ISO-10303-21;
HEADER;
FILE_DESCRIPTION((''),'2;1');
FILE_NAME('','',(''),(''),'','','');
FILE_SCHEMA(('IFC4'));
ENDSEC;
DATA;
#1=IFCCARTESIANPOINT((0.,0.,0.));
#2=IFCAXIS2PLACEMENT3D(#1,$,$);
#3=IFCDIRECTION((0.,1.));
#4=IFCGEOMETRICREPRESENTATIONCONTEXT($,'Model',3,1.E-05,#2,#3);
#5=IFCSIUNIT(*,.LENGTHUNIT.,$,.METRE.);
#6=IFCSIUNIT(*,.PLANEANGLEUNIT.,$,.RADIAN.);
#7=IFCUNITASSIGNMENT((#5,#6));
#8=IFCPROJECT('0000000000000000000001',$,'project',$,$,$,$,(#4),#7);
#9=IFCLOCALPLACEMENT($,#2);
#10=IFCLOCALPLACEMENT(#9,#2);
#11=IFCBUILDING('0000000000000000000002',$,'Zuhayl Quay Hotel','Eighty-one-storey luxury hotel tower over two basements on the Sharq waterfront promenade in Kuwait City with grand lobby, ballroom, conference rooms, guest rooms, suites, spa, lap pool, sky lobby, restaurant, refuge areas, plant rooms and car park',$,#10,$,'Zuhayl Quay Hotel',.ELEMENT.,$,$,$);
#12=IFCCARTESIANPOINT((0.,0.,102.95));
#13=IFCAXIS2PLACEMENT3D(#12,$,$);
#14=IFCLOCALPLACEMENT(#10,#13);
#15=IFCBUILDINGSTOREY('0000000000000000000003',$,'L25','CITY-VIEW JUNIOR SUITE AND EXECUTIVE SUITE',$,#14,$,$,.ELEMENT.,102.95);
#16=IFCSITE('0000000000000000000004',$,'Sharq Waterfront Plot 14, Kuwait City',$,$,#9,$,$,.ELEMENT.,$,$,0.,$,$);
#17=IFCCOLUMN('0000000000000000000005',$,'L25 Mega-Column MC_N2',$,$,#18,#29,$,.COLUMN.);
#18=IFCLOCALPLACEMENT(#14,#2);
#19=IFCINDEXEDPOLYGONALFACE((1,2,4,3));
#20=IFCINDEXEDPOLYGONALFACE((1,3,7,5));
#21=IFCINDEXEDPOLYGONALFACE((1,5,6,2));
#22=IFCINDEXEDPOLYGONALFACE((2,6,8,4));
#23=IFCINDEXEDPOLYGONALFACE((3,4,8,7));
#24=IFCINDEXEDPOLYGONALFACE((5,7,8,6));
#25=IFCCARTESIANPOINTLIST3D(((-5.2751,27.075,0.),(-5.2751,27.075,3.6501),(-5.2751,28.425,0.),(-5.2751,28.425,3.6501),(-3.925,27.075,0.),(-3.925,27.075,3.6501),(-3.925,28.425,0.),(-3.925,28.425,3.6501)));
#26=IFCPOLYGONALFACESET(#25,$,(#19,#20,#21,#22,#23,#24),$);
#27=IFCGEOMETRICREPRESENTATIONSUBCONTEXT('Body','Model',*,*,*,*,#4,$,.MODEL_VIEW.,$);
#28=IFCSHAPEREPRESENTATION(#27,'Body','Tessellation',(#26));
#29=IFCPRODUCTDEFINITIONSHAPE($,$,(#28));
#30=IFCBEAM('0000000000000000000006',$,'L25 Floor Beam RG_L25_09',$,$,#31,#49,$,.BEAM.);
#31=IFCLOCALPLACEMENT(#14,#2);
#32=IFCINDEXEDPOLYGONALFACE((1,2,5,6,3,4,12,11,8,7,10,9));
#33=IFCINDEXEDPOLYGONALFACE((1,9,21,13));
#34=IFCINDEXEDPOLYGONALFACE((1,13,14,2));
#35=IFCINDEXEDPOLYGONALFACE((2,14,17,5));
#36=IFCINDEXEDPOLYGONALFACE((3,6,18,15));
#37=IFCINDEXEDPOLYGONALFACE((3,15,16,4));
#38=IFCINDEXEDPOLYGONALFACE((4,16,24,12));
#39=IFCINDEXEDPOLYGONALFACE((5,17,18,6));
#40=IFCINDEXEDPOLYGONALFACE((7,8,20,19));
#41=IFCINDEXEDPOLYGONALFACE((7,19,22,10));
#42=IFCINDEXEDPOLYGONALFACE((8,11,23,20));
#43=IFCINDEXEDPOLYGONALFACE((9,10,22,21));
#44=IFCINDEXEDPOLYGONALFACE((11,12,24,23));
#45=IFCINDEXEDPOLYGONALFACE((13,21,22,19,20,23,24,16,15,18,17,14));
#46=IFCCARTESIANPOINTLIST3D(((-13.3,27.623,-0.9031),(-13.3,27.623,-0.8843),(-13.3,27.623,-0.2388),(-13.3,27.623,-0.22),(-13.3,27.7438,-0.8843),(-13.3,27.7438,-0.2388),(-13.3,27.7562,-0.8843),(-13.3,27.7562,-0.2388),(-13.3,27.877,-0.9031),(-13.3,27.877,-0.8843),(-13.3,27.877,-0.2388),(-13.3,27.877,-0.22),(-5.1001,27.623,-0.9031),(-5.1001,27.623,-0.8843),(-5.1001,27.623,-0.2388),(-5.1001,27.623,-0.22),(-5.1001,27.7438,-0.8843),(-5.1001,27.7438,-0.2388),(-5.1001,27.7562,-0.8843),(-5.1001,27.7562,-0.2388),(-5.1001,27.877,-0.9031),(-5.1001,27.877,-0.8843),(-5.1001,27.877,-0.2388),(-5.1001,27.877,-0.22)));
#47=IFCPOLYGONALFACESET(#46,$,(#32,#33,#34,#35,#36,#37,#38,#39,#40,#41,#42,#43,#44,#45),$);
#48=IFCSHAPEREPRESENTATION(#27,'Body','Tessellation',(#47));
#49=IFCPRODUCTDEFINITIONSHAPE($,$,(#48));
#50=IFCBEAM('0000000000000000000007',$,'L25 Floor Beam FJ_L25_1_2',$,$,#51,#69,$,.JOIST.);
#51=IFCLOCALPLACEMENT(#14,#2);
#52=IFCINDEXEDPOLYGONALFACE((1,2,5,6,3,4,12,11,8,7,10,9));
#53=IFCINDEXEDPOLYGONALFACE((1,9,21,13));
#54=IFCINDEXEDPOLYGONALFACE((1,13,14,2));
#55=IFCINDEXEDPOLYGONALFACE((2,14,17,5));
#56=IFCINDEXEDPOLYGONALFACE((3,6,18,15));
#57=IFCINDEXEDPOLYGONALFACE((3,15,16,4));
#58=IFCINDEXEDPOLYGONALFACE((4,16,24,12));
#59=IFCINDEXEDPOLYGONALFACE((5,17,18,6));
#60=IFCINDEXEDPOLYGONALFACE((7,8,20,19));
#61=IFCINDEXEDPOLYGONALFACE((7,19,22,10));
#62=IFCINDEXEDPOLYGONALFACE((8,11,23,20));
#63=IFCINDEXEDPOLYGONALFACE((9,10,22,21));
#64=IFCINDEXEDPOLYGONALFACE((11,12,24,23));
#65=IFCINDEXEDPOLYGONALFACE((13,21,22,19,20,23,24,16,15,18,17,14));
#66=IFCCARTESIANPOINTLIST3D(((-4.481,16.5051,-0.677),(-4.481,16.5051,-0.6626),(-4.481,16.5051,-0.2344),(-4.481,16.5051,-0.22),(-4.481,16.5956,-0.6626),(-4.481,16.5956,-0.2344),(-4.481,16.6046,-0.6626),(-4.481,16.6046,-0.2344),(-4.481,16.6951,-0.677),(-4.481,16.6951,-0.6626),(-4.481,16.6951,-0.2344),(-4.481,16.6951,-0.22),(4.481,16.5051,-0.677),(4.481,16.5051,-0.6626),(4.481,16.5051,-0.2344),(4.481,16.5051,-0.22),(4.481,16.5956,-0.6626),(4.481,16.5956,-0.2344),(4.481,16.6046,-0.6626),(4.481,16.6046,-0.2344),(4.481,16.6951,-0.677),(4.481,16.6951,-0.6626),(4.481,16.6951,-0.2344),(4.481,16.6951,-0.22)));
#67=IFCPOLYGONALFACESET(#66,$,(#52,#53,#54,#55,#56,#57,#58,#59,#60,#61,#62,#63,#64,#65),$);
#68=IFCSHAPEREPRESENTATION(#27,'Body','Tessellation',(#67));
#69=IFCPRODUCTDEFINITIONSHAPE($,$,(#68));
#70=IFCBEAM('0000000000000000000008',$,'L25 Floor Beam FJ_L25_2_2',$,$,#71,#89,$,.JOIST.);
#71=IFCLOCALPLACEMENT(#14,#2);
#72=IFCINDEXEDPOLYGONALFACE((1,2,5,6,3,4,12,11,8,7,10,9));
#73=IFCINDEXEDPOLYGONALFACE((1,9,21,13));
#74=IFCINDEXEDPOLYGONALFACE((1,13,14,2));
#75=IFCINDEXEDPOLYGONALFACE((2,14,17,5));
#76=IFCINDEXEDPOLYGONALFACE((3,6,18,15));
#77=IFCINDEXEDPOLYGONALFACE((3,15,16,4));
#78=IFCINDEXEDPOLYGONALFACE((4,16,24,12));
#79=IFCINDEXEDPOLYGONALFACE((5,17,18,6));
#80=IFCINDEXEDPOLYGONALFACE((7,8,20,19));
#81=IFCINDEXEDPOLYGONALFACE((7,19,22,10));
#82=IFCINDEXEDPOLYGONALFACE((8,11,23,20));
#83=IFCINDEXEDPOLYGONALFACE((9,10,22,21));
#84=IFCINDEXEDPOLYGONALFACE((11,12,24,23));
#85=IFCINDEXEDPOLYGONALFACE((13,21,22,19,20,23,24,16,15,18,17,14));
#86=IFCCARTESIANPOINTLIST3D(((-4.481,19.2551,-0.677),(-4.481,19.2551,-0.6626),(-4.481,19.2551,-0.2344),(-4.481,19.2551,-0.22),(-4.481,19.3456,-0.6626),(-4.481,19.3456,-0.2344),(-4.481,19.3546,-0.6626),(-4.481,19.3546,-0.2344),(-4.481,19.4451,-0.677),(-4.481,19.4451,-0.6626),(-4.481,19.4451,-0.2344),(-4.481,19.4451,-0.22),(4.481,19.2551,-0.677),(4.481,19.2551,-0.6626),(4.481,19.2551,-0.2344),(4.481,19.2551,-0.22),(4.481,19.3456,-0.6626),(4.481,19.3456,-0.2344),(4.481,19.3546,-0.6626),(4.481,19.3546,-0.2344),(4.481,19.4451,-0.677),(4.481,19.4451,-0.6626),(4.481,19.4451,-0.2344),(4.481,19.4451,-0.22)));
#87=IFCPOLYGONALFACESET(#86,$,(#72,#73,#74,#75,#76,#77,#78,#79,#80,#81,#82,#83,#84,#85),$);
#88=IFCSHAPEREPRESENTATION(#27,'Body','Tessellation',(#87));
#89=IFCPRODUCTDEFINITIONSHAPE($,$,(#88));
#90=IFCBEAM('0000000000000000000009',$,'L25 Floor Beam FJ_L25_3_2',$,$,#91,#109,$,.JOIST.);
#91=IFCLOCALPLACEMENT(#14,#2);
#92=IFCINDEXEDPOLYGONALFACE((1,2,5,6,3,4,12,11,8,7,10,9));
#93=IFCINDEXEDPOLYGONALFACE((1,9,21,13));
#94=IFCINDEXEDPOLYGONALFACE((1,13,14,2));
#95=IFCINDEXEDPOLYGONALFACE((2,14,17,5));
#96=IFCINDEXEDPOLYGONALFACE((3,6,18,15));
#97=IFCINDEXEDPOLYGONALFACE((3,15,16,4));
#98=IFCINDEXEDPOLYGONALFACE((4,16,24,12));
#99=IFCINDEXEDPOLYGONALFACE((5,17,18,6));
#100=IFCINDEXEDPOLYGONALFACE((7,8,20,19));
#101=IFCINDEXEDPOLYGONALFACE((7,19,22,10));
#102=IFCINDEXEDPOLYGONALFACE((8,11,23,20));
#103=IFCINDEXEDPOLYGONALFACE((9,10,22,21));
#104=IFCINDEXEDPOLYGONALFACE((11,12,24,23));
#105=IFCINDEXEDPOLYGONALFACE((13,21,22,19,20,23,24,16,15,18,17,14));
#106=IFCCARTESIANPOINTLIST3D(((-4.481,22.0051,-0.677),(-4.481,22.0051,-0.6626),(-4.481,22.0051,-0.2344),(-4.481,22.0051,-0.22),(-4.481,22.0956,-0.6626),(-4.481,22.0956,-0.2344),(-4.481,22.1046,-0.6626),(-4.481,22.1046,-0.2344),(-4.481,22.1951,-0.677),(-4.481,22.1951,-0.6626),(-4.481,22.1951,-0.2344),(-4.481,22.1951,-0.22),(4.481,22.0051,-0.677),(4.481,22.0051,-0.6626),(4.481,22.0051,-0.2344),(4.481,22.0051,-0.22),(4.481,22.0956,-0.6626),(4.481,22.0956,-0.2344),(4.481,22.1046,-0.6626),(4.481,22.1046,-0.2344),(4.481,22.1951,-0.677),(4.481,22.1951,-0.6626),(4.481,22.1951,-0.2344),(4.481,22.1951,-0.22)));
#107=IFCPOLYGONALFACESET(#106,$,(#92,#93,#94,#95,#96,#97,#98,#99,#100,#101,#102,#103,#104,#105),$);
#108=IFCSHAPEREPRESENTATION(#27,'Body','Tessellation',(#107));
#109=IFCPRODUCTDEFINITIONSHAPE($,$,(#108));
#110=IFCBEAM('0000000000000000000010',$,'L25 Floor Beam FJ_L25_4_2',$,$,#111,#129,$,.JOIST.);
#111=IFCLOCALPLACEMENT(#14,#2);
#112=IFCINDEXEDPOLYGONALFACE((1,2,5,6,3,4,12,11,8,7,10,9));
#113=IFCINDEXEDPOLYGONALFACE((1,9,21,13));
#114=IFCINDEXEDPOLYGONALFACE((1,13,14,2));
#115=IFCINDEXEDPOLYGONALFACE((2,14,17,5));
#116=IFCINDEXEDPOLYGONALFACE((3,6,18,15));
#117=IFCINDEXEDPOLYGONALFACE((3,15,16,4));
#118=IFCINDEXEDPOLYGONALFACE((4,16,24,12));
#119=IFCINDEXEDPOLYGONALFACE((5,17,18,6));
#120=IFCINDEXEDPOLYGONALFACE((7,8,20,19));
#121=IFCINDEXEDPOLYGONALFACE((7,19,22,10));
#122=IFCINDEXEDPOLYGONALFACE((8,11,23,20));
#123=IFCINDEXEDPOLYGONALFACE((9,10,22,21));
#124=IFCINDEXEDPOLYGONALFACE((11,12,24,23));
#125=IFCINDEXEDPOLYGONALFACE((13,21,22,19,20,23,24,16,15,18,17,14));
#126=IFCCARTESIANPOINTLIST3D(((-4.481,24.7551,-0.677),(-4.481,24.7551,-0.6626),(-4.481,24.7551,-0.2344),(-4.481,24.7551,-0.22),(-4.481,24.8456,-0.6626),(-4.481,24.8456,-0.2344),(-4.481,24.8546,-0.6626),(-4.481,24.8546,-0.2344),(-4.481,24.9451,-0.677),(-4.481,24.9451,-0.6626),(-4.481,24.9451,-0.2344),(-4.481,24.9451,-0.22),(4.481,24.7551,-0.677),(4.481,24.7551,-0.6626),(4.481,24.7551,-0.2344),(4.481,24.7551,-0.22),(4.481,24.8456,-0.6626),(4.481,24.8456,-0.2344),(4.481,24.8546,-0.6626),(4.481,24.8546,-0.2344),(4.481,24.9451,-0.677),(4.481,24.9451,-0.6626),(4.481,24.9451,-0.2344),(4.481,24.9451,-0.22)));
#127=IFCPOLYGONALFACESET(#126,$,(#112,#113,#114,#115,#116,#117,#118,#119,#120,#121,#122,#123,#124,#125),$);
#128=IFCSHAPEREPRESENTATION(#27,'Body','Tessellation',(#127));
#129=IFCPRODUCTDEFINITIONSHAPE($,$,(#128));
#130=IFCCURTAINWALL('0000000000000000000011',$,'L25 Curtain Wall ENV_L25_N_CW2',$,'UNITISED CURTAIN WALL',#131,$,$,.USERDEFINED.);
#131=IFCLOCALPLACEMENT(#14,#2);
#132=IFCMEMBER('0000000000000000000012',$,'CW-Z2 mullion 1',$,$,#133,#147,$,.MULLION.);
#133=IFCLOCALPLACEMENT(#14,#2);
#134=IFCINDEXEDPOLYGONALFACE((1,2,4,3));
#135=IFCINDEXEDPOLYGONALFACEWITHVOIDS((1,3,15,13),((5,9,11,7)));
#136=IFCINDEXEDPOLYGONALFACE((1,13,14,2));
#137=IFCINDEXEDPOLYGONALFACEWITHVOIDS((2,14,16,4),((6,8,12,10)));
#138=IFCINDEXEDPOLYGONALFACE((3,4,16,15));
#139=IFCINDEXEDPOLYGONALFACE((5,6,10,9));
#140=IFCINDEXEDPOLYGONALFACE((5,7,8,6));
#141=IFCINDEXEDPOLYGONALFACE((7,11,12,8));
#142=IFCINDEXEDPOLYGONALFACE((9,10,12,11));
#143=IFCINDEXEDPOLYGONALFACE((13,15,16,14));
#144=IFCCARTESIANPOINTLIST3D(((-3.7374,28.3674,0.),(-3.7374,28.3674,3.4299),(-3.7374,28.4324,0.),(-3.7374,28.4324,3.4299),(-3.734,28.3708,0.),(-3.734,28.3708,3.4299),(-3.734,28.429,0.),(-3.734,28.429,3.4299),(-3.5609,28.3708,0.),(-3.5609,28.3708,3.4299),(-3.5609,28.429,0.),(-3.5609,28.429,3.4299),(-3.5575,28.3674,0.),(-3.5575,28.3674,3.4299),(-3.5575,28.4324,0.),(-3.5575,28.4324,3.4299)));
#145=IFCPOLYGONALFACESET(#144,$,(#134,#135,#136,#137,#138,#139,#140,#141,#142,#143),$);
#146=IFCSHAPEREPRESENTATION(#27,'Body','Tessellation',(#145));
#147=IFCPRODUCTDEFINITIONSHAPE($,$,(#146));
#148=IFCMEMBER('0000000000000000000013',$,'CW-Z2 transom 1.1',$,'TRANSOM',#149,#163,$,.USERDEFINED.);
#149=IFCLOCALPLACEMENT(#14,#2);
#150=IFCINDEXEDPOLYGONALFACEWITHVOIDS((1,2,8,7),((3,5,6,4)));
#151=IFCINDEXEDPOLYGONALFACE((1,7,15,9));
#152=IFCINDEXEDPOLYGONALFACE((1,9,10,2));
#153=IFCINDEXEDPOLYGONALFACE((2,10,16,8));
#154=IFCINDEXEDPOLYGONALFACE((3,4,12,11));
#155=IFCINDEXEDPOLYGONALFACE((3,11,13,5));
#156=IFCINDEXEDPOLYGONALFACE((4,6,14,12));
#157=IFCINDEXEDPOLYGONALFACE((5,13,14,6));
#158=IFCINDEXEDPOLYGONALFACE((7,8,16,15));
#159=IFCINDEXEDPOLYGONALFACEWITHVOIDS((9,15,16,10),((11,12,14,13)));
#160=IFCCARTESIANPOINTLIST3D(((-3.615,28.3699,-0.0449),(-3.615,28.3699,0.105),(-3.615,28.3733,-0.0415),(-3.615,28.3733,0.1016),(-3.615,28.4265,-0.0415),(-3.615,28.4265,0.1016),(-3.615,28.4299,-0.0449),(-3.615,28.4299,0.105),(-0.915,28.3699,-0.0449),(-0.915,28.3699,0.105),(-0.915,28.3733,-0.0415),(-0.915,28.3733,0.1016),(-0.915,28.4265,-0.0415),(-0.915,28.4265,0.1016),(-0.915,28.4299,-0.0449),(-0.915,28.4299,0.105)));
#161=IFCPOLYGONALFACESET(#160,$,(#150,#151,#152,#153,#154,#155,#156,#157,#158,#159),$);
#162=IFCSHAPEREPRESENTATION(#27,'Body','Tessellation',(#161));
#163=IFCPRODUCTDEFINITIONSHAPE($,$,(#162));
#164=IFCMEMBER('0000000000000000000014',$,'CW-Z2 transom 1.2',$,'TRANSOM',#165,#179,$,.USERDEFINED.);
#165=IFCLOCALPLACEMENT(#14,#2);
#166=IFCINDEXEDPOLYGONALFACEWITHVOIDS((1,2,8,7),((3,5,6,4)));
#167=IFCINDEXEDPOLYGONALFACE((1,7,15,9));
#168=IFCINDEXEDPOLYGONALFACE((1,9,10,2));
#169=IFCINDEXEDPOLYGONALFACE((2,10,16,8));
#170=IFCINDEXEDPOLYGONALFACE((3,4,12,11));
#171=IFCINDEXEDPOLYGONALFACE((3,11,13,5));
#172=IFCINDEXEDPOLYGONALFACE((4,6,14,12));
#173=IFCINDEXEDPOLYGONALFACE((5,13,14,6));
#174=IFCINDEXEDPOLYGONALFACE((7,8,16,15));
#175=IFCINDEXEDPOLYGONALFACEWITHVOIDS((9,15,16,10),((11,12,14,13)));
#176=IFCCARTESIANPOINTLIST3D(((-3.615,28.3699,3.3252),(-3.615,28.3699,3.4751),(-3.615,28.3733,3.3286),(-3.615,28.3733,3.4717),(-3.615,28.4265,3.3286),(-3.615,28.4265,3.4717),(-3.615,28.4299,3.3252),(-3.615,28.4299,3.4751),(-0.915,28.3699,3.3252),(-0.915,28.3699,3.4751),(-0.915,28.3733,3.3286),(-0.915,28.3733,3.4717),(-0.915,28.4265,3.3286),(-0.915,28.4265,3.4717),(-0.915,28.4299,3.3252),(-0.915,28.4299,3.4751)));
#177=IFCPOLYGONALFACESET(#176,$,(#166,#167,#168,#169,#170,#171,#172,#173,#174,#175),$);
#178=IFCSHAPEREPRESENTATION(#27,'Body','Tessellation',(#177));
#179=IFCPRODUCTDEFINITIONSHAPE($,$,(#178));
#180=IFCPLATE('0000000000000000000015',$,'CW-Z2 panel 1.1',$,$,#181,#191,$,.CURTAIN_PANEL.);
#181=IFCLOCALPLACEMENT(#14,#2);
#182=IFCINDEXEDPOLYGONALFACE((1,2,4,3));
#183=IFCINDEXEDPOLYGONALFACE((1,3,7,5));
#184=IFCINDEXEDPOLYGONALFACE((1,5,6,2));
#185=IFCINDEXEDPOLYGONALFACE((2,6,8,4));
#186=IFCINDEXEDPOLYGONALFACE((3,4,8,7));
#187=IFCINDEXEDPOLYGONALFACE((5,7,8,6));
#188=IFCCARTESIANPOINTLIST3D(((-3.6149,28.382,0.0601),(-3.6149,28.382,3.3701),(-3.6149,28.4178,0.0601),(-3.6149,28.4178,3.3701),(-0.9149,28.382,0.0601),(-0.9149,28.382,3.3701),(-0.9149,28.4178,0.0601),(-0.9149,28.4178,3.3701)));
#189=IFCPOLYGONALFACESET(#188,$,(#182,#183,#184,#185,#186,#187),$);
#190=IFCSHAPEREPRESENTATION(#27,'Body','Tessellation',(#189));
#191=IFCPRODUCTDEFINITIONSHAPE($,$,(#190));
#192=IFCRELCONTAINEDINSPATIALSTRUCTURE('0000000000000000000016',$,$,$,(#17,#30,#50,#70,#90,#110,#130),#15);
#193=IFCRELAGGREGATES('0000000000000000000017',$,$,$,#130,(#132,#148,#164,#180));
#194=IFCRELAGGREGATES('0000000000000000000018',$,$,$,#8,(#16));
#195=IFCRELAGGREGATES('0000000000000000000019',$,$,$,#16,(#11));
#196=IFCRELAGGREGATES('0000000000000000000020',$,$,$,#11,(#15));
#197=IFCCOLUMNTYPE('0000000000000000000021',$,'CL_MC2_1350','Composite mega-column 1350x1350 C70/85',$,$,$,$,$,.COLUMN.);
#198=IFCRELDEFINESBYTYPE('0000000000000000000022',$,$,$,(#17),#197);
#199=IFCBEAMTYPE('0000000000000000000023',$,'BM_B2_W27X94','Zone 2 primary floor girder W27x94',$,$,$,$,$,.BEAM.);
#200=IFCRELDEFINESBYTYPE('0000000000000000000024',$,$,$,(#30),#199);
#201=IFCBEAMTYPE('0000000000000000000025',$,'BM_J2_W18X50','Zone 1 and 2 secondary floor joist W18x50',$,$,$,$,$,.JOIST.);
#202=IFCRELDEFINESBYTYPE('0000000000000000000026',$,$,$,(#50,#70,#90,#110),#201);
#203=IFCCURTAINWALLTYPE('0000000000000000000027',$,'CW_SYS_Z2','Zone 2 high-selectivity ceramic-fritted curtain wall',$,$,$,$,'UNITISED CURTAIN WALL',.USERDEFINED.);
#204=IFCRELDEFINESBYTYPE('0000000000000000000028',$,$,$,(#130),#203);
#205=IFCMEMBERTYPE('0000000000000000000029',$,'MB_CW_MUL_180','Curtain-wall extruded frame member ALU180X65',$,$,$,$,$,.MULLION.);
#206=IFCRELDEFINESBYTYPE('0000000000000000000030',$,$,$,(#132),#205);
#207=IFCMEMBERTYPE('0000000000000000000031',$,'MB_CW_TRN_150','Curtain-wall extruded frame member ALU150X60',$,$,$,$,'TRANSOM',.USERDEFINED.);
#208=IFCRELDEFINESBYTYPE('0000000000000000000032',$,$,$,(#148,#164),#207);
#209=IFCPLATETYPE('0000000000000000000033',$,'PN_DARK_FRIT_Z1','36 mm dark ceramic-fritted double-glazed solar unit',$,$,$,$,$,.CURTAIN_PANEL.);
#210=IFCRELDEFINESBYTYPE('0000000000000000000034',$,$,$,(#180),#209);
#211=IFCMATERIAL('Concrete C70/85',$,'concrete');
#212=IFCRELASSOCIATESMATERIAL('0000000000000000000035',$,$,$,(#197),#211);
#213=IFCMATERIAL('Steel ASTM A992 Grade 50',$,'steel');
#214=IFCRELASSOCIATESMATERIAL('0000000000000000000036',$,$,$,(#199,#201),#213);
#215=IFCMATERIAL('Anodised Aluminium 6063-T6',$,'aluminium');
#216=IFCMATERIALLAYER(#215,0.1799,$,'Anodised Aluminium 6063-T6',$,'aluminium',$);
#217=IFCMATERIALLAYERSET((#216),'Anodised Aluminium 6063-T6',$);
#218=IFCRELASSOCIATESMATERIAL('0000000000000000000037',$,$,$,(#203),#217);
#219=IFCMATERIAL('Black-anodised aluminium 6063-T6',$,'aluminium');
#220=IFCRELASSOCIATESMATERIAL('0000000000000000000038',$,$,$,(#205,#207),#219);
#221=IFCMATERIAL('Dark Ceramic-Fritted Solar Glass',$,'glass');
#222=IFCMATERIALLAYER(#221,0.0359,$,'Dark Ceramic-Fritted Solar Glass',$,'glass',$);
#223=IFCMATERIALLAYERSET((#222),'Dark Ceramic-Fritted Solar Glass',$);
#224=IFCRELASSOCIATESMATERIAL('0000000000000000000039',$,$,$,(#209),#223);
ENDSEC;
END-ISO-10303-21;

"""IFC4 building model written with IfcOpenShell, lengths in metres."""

from ifc_helpers import new_model, si_unit, direction, frame, origin, origin_2d, place, context, subcontext, project, spatial, rectangle, hollow_rectangle, i_section, extrude, material, layer, layer_set, material_profile, profile_set, type_object, element, aggregate, save


model = new_model("IFC4")

# Units and contexts
model_context = context("Model", 3, precision=1e-05, world=origin(), true_north=direction((0.0, 1.0)))
body_context = subcontext(model_context, "Body", "Model", "MODEL_VIEW")
ifc_project = project(units=[si_unit("LENGTHUNIT", "METRE"), si_unit("PLANEANGLEUNIT", "RADIAN")], contexts=[model_context])

# Site, building, storey
site_placement = place(None, origin())
site = spatial("IfcSite", under=ifc_project, at=site_placement, Name="Sharq Waterfront Plot 14, Kuwait City", CompositionType="ELEMENT", RefElevation=0.0)
building_placement = place(site_placement, origin())
building = spatial("IfcBuilding", under=site, at=building_placement, Name="Zuhayl Quay Hotel", Description="Eighty-one-storey luxury hotel tower over two basements on the Sharq waterfront promenade in Kuwait City with grand lobby, ballroom, conference rooms, guest rooms, suites, spa, lap pool, sky lobby, restaurant, refuge areas, plant rooms and car park", LongName="Zuhayl Quay Hotel", CompositionType="ELEMENT")
storey_placement = place(building_placement, frame((0.0, 0.0, 102.95)))
storey = spatial("IfcBuildingStorey", under=building, at=storey_placement, Name="L25", Description="CITY-VIEW JUNIOR SUITE AND EXECUTIVE SUITE", CompositionType="ELEMENT", Elevation=102.95)

# Column
ifc_material_1 = material(Name="Concrete C70/85", Category="concrete")
ifc_material_profile_1 = material_profile(ifc_material_1, rectangle(XDim=1.3501, YDim=1.3501, at=origin_2d()), Name="RC1350X1350")
ifc_profile_set_1 = profile_set([ifc_material_profile_1], Name="Concrete C70/85")
column_type = type_object("IfcColumnType", Name="CL_MC2_1350", Description="Composite mega-column 1350x1350 C70/85", PredefinedType="COLUMN", material=ifc_profile_set_1)
column_placement = place(storey_placement, frame((-4.6001, 27.75, 0.0), z_axis=(0.0, 0.0, 1.0), x_axis=(1.0, 0.0, 0.0)))
element("IfcColumn", 1, at=column_placement, inside=storey, type_object=column_type, Name="L25 Mega-Column MC_N2", PredefinedType="COLUMN", context=body_context, shape_type="SweptSolid", body=[
    extrude(rectangle(XDim=1.3501, YDim=1.3501, at=origin_2d()), origin(), (0.0, 0.0, 1.0), 3.6501),
])

# Beams
ifc_material_2 = material(Name="Steel ASTM A992 Grade 50", Category="steel")
ifc_material_profile_2 = material_profile(ifc_material_2, i_section(OverallWidth=0.2539, OverallDepth=0.6831, WebThickness=0.0125, FlangeThickness=0.0188, at=origin_2d()), Name="W27X94")
ifc_profile_set_2 = profile_set([ifc_material_profile_2], Name="Steel ASTM A992 Grade 50")
beam_type_1 = type_object("IfcBeamType", Name="BM_B2_W27X94", Description="Zone 2 primary floor girder W27x94", PredefinedType="BEAM", material=ifc_profile_set_2)
beam_placement = place(storey_placement, frame((-5.1001, 27.75, -0.5615), z_axis=(-1.0, 0.0, 0.0), x_axis=(0.0, -1.0, 0.0)))
element("IfcBeam", 2, at=beam_placement, inside=storey, type_object=beam_type_1, Name="L25 Floor Beam RG_L25_09", PredefinedType="BEAM", context=body_context, shape_type="SweptSolid", body=[
    extrude(i_section(OverallWidth=0.2539, OverallDepth=0.6831, WebThickness=0.0125, FlangeThickness=0.0188, at=origin_2d()), origin(), (0.0, 0.0, 1.0), 8.2),
])
ifc_material_profile_3 = material_profile(ifc_material_2, i_section(OverallWidth=0.1899, OverallDepth=0.457, WebThickness=0.009, FlangeThickness=0.0144, at=origin_2d()), Name="W18X50")
ifc_profile_set_3 = profile_set([ifc_material_profile_3], Name="Steel ASTM A992 Grade 50")
beam_type_2 = type_object("IfcBeamType", Name="BM_J2_W18X50", Description="Zone 1 and 2 secondary floor joist W18x50", PredefinedType="JOIST", material=ifc_profile_set_3)
for number, where, z_axis, x_axis, name in (
    (3, (-4.481, 16.6001, -0.4485), (1.0, 0.0, 0.0), (0.0, 1.0, 0.0), "L25 Floor Beam FJ_L25_1_2"),
    (4, (-4.481, 19.3501, -0.4485), (1.0, 0.0, 0.0), (0.0, 1.0, 0.0), "L25 Floor Beam FJ_L25_2_2"),
    (5, (-4.481, 22.1001, -0.4485), (1.0, 0.0, 0.0), (0.0, 1.0, 0.0), "L25 Floor Beam FJ_L25_3_2"),
    (6, (-4.481, 24.8501, -0.4485), (1.0, 0.0, 0.0), (0.0, 1.0, 0.0), "L25 Floor Beam FJ_L25_4_2"),
):
    element("IfcBeam", number, at=place(storey_placement, frame(where, z_axis=z_axis, x_axis=x_axis)), inside=storey, type_object=beam_type_2, Name=name, PredefinedType="JOIST", context=body_context, shape_type="SweptSolid", body=[
        extrude(i_section(OverallWidth=0.1899, OverallDepth=0.457, WebThickness=0.009, FlangeThickness=0.0144, at=origin_2d()), origin(), (0.0, 0.0, 1.0), 8.9619),
    ])

# Curtain wall, members, plate
ifc_material_3 = material(Name="Anodised Aluminium 6063-T6", Category="aluminium")
ifc_layer_1 = layer(ifc_material_3, 0.1799, Name="Anodised Aluminium 6063-T6", Category="aluminium")
ifc_layer_set_1 = layer_set([ifc_layer_1], Name="Anodised Aluminium 6063-T6")
curtain_wall_type = type_object("IfcCurtainWallType", Name="CW_SYS_Z2", Description="Zone 2 high-selectivity ceramic-fritted curtain wall", ElementType="UNITISED CURTAIN WALL", PredefinedType="USERDEFINED", material=ifc_layer_set_1)
curtain_wall_placement = place(storey_placement, origin())
curtain_wall = element("IfcCurtainWall", 7, at=curtain_wall_placement, inside=storey, type_object=curtain_wall_type, Name="L25 Curtain Wall ENV_L25_N_CW2", ObjectType="UNITISED CURTAIN WALL", PredefinedType="USERDEFINED")
ifc_material_4 = material(Name="Black-anodised aluminium 6063-T6", Category="aluminium")
ifc_material_profile_4 = material_profile(ifc_material_4, hollow_rectangle(XDim=0.0649, YDim=0.1799, WallThickness=0.0034, at=origin_2d()), Name="ALU180X65")
ifc_profile_set_4 = profile_set([ifc_material_profile_4], Name="Black-anodised aluminium 6063-T6")
member_type_1 = type_object("IfcMemberType", Name="MB_CW_MUL_180", Description="Curtain-wall extruded frame member ALU180X65", PredefinedType="MULLION", material=ifc_profile_set_4)
member_1_placement = place(storey_placement, frame((-3.6475, 28.3999, 0.0), z_axis=(0.0, 0.0, 1.0), x_axis=(0.0, 1.0, 0.0)))
member_1 = element("IfcMember", 8, at=member_1_placement, type_object=member_type_1, Name="CW-Z2 mullion 1", PredefinedType="MULLION", context=body_context, shape_type="SweptSolid", body=[
    extrude(hollow_rectangle(XDim=0.0649, YDim=0.1799, WallThickness=0.0034, at=origin_2d()), origin(), (0.0, 0.0, 1.0), 3.4299),
])
ifc_material_profile_5 = material_profile(ifc_material_4, hollow_rectangle(XDim=0.0601, YDim=0.1499, WallThickness=0.0034, at=origin_2d()), Name="ALU150X60")
ifc_profile_set_5 = profile_set([ifc_material_profile_5], Name="Black-anodised aluminium 6063-T6")
member_type_2 = type_object("IfcMemberType", Name="MB_CW_TRN_150", Description="Curtain-wall extruded frame member ALU150X60", ElementType="TRANSOM", PredefinedType="USERDEFINED", material=ifc_profile_set_5)
member_2_placement = place(storey_placement, frame((-3.615, 28.3999, 0.03), z_axis=(1.0, 0.0, 0.0), x_axis=(0.0, 1.0, 0.0)))
member_2 = element("IfcMember", 9, at=member_2_placement, type_object=member_type_2, Name="CW-Z2 transom 1.1", ObjectType="TRANSOM", PredefinedType="USERDEFINED", context=body_context, shape_type="SweptSolid", body=[
    extrude(hollow_rectangle(XDim=0.0601, YDim=0.1499, WallThickness=0.0034, at=origin_2d()), origin(), (0.0, 0.0, 1.0), 2.7),
])
member_3_placement = place(storey_placement, frame((-3.615, 28.3999, 3.4001), z_axis=(1.0, 0.0, 0.0), x_axis=(0.0, 1.0, 0.0)))
member_3 = element("IfcMember", 10, at=member_3_placement, type_object=member_type_2, Name="CW-Z2 transom 1.2", ObjectType="TRANSOM", PredefinedType="USERDEFINED", context=body_context, shape_type="SweptSolid", body=[
    extrude(hollow_rectangle(XDim=0.0601, YDim=0.1499, WallThickness=0.0034, at=origin_2d()), origin(), (0.0, 0.0, 1.0), 2.7),
])
ifc_material_5 = material(Name="Dark Ceramic-Fritted Solar Glass", Category="glass")
ifc_layer_2 = layer(ifc_material_5, 0.0359, Name="Dark Ceramic-Fritted Solar Glass", Category="glass")
ifc_layer_set_2 = layer_set([ifc_layer_2], Name="Dark Ceramic-Fritted Solar Glass")
plate_type = type_object("IfcPlateType", Name="PN_DARK_FRIT_Z1", Description="36 mm dark ceramic-fritted double-glazed solar unit", PredefinedType="CURTAIN_PANEL", material=ifc_layer_set_2)
plate_placement = place(storey_placement, frame((-2.2649, 28.3999, 0.0601), z_axis=(0.0, 0.0, 1.0), x_axis=(1.0, 0.0, 0.0)))
plate = element("IfcPlate", 11, at=plate_placement, type_object=plate_type, Name="CW-Z2 panel 1.1", PredefinedType="CURTAIN_PANEL", context=body_context, shape_type="SweptSolid", body=[
    extrude(rectangle(XDim=2.7, YDim=0.0359, at=origin_2d()), origin(), (0.0, 0.0, 1.0), 3.3101),
])
aggregate(curtain_wall, [member_1, member_2, member_3, plate])

save(model, "model.ifc")
